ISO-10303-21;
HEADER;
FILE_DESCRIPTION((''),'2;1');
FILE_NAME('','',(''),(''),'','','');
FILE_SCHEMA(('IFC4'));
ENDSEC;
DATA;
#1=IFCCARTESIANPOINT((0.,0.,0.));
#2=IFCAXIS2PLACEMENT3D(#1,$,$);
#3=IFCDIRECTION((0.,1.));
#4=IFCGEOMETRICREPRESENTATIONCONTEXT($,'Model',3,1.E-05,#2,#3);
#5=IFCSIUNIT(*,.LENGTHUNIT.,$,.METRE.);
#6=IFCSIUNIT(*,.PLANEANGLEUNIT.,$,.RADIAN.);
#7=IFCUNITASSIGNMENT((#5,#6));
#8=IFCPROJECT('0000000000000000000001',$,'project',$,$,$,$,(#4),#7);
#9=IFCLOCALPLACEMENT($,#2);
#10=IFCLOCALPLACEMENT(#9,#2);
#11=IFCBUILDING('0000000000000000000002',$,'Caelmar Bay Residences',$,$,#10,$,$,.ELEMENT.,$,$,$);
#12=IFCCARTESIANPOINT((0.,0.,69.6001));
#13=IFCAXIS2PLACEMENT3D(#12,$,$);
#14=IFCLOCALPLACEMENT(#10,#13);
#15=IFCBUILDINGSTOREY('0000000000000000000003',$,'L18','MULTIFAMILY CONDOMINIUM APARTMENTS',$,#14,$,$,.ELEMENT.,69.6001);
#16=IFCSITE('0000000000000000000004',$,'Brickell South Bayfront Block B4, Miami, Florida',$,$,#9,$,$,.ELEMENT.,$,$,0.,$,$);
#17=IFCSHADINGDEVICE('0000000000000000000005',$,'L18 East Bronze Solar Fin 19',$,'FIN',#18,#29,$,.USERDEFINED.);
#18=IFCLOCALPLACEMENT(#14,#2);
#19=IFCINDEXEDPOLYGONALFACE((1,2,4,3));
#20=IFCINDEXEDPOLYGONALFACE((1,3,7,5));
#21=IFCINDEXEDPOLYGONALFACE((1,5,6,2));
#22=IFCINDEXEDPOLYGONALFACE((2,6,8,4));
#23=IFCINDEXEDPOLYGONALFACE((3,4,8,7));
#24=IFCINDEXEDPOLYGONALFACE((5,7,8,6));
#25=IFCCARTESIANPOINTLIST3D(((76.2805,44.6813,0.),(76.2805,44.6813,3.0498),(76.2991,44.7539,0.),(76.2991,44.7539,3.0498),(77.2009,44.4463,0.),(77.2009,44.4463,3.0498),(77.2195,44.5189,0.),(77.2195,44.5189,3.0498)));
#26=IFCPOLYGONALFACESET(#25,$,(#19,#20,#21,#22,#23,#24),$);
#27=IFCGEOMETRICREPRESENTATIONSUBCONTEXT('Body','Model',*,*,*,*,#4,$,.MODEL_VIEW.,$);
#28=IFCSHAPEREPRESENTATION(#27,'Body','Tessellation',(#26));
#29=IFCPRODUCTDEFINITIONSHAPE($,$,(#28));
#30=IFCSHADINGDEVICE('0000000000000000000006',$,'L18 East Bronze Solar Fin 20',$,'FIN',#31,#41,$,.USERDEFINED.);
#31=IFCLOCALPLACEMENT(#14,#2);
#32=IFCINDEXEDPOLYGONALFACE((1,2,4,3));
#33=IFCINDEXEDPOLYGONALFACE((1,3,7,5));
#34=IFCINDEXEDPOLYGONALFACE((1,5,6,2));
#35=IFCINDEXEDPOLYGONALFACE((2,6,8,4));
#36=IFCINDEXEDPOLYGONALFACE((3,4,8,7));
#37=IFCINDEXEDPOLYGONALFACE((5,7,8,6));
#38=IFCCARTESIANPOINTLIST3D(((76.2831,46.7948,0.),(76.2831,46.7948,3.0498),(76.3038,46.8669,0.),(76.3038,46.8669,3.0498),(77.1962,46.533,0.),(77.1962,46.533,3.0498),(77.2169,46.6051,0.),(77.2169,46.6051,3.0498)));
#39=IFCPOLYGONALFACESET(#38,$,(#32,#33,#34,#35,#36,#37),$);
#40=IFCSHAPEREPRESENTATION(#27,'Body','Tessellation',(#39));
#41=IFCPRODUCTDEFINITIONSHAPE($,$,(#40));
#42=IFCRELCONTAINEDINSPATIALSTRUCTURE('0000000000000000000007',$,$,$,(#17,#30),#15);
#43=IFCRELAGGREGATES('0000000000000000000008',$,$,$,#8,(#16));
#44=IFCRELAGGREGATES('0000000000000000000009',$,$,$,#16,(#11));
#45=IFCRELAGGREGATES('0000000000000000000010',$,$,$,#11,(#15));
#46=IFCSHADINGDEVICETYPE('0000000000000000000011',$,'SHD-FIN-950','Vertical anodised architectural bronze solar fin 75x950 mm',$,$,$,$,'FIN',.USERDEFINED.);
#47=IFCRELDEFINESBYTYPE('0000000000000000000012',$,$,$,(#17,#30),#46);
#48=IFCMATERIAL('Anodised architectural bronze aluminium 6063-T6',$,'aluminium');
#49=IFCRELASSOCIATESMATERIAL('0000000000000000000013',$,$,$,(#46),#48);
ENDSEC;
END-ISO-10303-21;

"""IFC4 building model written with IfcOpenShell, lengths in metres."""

from ifc_helpers import new_model, si_unit, direction, frame, origin, origin_2d, place, context, subcontext, project, spatial, rectangle, extrude, material, material_profile, profile_set, type_object, element, save


model = new_model("IFC4")

# Units and contexts
model_context = context("Model", 3, precision=1e-05, world=origin(), true_north=direction((0.0, 1.0)))
body_context = subcontext(model_context, "Body", "Model", "MODEL_VIEW")
ifc_project = project(units=[si_unit("LENGTHUNIT", "METRE"), si_unit("PLANEANGLEUNIT", "RADIAN")], contexts=[model_context])

# Site, building, storey
site_placement = place(None, origin())
site = spatial("IfcSite", under=ifc_project, at=site_placement, Name="Brickell South Bayfront Block B4, Miami, Florida", CompositionType="ELEMENT", RefElevation=0.0)
building_placement = place(site_placement, origin())
building = spatial("IfcBuilding", under=site, at=building_placement, Name="Caelmar Bay Residences", CompositionType="ELEMENT")
storey_placement = place(building_placement, frame((0.0, 0.0, 69.6001)))
storey = spatial("IfcBuildingStorey", under=building, at=storey_placement, Name="L18", Description="MULTIFAMILY CONDOMINIUM APARTMENTS", CompositionType="ELEMENT", Elevation=69.6001)

# Shading devices
ifc_material_1 = material(Name="Anodised architectural bronze aluminium 6063-T6", Category="aluminium")
ifc_material_profile_1 = material_profile(ifc_material_1, rectangle(XDim=0.075, YDim=0.95, at=origin_2d()), Name="BRONZE-FIN-75X950")
ifc_profile_set_1 = profile_set([ifc_material_profile_1], Name="Anodised architectural bronze aluminium 6063-T6")
shading_device_type = type_object("IfcShadingDeviceType", Name="SHD-FIN-950", Description="Vertical anodised architectural bronze solar fin 75x950 mm", ElementType="FIN", PredefinedType="USERDEFINED", material=ifc_profile_set_1)
for number, where, z_axis, x_axis, name in (
    (1, (76.75, 44.6001, 0.0), (0.0, 0.0, 1.0), (0.247337, 0.968929, 0.0), "L18 East Bronze Solar Fin 19"),
    (2, (76.75, 46.7, 0.0), (0.0, 0.0, 1.0), (0.275637, 0.961262, 0.0), "L18 East Bronze Solar Fin 20"),
):
    element("IfcShadingDevice", number, at=place(storey_placement, frame(where, z_axis=z_axis, x_axis=x_axis)), inside=storey, type_object=shading_device_type, Name=name, ObjectType="FIN", PredefinedType="USERDEFINED", context=body_context, shape_type="SweptSolid", body=[
        extrude(rectangle(XDim=0.075, YDim=0.95, at=origin_2d()), origin(), (0.0, 0.0, 1.0), 3.0498),
    ])

save(model, "model.ifc")
